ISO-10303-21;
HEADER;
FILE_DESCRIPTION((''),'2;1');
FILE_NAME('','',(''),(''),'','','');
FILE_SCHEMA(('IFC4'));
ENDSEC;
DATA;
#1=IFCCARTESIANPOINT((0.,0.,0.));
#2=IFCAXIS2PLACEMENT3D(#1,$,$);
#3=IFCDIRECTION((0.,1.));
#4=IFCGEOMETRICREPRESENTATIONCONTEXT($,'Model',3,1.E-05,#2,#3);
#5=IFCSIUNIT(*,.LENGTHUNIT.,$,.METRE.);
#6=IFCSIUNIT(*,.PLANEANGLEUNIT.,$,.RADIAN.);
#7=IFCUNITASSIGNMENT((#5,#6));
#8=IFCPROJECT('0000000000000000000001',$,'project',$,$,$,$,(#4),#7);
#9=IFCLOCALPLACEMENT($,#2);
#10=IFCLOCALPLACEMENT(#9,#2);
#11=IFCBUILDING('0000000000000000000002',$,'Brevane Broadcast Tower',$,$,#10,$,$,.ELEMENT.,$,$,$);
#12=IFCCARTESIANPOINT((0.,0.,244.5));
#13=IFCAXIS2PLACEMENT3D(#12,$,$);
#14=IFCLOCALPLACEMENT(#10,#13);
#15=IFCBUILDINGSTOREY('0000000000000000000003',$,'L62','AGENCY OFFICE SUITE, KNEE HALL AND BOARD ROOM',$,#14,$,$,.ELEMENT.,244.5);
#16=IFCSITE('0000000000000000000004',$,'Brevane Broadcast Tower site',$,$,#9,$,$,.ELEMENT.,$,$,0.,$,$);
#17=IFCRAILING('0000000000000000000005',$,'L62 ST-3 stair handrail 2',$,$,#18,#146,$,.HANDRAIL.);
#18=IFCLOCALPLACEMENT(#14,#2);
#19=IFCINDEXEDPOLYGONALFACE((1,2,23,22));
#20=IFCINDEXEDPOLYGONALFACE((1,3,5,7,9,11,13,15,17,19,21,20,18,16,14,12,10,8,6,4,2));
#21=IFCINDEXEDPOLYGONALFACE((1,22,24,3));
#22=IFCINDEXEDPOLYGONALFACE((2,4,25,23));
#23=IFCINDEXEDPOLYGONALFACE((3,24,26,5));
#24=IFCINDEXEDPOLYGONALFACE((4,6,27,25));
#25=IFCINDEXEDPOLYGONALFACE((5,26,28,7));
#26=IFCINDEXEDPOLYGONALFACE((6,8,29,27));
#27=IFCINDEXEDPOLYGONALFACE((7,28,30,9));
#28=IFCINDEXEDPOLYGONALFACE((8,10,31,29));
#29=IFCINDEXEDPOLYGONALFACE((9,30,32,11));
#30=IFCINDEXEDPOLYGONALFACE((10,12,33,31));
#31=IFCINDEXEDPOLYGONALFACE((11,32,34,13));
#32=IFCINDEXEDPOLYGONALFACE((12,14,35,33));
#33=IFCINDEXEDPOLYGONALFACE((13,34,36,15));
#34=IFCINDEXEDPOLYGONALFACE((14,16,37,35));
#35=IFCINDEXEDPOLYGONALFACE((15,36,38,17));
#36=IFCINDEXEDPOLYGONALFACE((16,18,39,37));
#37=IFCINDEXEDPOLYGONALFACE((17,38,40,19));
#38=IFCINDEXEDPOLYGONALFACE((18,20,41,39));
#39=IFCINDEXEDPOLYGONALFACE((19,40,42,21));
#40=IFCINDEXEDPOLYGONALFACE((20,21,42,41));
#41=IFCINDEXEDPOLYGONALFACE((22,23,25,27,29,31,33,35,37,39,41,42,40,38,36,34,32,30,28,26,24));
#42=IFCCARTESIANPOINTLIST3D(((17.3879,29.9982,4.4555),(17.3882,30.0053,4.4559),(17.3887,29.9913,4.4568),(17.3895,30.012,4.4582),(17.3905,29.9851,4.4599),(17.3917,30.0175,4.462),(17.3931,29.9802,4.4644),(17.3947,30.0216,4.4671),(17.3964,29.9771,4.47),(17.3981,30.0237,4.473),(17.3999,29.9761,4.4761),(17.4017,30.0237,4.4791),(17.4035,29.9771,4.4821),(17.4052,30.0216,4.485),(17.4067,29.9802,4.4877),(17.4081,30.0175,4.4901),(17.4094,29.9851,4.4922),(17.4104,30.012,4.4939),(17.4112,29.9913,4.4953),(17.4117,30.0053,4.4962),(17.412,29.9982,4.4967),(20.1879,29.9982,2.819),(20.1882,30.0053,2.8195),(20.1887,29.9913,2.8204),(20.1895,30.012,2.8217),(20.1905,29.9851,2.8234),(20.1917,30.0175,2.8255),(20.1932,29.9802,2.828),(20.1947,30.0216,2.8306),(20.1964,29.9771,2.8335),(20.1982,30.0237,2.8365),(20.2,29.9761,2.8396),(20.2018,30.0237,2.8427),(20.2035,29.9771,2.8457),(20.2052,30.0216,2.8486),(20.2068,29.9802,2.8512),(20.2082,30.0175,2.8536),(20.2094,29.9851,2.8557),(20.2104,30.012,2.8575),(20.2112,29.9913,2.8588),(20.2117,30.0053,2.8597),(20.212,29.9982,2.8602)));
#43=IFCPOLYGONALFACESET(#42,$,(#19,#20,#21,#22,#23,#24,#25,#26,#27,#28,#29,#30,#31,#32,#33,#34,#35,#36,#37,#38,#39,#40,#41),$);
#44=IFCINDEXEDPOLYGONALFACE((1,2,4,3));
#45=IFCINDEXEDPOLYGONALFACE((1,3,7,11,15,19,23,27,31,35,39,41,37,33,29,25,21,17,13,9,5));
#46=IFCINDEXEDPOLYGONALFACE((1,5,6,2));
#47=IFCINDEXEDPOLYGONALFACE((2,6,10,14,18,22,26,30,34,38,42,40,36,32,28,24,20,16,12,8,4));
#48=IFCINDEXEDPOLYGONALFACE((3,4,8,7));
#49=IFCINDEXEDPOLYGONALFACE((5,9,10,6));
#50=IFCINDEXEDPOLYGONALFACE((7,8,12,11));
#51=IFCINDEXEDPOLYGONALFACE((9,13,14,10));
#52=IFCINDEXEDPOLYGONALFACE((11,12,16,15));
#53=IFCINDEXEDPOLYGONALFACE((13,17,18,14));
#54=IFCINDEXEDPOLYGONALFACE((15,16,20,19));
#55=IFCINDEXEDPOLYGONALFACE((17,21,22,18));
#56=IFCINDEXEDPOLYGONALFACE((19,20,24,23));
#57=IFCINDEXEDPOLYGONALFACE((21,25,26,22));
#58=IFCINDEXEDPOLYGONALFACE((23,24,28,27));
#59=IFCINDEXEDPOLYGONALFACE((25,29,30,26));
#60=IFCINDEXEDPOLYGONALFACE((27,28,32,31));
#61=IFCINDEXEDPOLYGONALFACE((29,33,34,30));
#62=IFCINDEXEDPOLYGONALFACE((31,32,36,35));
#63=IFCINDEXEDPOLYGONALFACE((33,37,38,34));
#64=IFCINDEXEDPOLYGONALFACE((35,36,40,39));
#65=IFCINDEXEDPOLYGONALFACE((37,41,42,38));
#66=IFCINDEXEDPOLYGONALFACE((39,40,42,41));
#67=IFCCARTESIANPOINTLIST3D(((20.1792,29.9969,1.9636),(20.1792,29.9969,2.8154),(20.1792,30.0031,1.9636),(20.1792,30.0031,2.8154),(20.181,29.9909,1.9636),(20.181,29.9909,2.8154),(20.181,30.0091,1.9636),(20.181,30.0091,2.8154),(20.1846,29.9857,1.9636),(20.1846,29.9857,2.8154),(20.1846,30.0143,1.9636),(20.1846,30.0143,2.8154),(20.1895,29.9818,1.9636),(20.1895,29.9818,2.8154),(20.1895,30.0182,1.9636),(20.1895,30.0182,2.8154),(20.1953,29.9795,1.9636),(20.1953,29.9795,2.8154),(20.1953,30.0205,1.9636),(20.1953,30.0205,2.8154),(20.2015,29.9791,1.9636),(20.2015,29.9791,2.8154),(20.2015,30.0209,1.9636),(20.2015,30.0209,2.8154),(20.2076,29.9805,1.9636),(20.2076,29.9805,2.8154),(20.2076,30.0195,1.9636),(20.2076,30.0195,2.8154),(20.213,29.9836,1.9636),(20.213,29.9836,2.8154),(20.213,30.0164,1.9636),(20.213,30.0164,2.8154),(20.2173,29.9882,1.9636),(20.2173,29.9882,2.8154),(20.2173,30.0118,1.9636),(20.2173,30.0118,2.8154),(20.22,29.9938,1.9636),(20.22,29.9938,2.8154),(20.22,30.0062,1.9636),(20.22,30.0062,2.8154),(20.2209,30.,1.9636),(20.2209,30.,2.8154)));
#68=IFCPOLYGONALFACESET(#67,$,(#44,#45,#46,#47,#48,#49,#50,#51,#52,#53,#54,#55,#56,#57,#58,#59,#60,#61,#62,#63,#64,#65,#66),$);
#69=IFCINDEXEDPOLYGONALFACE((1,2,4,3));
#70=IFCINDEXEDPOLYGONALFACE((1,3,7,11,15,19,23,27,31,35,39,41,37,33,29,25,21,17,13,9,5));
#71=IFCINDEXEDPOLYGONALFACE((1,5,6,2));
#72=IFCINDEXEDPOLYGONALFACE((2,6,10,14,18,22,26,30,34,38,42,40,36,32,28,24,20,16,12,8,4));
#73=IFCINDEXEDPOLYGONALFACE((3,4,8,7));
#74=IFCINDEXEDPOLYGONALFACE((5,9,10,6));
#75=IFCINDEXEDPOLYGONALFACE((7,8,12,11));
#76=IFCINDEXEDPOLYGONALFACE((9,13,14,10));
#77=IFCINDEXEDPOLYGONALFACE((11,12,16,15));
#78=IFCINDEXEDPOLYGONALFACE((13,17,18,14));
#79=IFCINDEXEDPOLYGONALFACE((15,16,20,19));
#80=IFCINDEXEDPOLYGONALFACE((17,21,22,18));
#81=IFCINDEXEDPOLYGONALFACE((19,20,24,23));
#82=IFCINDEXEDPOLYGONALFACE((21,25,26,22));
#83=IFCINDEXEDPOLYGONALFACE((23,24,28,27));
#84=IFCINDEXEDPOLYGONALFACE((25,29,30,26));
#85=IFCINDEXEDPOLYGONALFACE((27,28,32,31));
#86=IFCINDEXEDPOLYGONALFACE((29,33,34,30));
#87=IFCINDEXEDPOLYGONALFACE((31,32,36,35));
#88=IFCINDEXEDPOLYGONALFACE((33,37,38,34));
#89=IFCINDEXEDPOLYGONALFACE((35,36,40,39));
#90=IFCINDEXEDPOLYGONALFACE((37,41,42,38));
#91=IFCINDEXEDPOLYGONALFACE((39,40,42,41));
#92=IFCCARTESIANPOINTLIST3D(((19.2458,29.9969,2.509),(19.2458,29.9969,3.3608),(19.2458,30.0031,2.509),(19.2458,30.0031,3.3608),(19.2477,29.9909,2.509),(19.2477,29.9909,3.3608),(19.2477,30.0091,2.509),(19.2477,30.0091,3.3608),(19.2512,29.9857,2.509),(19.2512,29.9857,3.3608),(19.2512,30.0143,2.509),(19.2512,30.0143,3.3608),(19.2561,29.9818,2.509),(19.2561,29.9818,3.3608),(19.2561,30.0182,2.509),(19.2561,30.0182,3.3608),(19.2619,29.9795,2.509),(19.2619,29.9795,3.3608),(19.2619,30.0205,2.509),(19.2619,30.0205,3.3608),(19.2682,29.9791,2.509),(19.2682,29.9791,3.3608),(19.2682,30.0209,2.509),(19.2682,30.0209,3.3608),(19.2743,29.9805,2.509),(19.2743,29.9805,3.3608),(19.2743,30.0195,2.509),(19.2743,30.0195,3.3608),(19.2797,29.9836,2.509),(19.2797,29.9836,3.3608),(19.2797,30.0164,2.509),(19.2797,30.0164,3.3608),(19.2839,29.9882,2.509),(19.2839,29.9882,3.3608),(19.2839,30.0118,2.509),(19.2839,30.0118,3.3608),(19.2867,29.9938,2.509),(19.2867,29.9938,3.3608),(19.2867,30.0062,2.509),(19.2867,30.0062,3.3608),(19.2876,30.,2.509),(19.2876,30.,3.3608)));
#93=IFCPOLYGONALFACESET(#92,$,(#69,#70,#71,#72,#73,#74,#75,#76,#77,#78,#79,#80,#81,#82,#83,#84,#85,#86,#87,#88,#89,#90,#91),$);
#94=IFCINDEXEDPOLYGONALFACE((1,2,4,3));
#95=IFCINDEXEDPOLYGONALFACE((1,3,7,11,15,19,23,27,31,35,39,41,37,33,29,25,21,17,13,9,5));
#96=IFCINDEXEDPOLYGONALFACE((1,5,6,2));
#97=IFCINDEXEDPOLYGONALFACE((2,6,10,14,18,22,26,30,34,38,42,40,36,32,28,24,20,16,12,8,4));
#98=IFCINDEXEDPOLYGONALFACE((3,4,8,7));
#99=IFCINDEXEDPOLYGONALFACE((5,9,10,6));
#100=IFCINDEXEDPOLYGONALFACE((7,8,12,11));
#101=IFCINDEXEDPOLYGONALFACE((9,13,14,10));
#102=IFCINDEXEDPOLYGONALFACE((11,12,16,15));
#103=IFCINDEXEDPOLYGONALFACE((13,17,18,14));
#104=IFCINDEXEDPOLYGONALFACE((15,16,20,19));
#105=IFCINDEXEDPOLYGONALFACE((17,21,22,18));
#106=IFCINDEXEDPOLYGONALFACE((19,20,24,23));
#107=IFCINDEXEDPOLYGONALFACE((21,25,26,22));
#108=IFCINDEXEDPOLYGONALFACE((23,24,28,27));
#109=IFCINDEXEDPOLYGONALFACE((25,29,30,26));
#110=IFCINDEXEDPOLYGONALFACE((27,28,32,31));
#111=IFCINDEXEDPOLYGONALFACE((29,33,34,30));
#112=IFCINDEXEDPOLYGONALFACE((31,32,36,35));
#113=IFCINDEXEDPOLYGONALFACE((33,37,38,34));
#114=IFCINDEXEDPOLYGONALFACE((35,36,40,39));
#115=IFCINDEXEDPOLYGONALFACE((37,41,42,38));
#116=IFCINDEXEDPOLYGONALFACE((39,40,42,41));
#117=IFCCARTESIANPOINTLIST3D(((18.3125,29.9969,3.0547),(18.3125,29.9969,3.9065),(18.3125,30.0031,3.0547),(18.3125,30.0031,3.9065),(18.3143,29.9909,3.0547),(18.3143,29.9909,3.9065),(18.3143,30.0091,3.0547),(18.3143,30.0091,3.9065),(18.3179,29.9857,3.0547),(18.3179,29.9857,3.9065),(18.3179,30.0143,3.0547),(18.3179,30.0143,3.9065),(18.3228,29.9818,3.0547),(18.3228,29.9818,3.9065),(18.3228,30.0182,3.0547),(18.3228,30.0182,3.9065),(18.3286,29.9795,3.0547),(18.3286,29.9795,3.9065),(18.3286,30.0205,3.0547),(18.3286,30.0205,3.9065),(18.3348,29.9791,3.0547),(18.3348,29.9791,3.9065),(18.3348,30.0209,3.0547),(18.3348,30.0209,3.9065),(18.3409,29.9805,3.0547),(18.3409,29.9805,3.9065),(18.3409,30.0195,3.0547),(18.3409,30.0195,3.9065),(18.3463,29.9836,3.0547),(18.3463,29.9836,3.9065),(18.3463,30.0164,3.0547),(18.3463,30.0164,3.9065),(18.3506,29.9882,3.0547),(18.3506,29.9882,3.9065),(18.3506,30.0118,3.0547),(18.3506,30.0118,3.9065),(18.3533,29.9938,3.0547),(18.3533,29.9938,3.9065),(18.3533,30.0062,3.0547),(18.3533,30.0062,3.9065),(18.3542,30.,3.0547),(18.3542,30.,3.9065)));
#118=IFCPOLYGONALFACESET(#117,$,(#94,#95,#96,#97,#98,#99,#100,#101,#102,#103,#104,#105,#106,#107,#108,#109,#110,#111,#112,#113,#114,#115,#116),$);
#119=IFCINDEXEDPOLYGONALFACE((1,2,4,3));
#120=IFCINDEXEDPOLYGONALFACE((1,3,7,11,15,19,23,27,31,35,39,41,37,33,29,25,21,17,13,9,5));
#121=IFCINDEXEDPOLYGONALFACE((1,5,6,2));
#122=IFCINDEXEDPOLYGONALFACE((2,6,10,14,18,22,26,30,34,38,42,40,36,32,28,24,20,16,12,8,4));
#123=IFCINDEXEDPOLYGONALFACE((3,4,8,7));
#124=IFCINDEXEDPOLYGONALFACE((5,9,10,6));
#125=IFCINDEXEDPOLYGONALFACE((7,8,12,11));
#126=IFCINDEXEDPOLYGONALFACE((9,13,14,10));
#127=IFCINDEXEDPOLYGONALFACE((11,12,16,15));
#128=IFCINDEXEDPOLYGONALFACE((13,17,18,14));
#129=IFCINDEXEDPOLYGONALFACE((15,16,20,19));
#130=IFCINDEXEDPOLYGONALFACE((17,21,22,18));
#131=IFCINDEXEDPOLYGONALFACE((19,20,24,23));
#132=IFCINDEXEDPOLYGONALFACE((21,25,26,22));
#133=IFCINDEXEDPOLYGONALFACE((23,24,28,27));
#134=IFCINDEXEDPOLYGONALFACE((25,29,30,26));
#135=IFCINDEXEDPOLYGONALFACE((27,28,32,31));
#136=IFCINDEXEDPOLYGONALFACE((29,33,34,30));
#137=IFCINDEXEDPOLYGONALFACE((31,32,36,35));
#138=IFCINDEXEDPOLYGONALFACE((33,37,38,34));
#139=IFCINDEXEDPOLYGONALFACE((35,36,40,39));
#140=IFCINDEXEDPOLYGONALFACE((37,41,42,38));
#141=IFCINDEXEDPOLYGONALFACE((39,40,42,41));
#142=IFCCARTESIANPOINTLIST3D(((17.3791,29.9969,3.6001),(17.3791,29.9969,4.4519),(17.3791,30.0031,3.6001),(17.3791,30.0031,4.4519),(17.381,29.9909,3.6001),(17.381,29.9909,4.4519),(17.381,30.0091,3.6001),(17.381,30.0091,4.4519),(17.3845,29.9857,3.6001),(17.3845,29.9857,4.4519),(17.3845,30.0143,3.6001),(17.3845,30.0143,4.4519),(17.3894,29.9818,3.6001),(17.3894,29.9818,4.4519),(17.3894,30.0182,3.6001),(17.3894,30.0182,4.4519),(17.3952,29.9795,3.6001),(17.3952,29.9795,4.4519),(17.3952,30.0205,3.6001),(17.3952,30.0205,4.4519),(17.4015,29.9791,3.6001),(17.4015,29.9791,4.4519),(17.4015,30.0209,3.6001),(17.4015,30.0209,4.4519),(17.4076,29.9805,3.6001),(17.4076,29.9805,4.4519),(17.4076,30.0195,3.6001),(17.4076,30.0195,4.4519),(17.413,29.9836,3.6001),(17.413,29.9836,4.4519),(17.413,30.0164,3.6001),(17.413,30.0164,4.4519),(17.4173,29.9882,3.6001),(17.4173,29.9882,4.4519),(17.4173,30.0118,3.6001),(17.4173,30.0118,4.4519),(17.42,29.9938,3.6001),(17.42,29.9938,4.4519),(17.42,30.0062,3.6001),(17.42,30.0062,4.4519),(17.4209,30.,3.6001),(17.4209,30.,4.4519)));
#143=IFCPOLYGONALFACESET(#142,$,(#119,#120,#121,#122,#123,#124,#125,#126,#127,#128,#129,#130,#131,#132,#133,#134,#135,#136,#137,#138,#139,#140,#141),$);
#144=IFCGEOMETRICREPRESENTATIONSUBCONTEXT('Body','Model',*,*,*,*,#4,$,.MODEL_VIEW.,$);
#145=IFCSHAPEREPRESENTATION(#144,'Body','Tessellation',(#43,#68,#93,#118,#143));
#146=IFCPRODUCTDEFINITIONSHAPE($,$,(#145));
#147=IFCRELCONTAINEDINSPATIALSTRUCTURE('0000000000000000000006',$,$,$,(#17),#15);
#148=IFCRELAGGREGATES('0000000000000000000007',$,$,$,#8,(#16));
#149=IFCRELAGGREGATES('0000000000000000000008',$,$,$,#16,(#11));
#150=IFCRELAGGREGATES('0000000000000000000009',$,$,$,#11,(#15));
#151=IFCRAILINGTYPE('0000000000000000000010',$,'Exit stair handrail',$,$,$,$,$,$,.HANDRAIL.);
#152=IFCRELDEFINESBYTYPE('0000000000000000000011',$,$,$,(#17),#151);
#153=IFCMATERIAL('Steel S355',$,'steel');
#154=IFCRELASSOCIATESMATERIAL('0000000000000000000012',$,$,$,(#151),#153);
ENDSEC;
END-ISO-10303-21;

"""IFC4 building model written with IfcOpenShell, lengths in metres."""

from ifc_helpers import new_model, si_unit, direction, frame, origin, origin_2d, place, context, subcontext, project, spatial, circle, extrude, material, type_object, element, save


model = new_model("IFC4")

# Units and contexts
model_context = context("Model", 3, precision=1e-05, world=origin(), true_north=direction((0.0, 1.0)))
body_context = subcontext(model_context, "Body", "Model", "MODEL_VIEW")
ifc_project = project(units=[si_unit("LENGTHUNIT", "METRE"), si_unit("PLANEANGLEUNIT", "RADIAN")], contexts=[model_context])

# Site, building, storey
site_placement = place(None, origin())
site = spatial("IfcSite", under=ifc_project, at=site_placement, Name="Brevane Broadcast Tower site", CompositionType="ELEMENT", RefElevation=0.0)
building_placement = place(site_placement, origin())
building = spatial("IfcBuilding", under=site, at=building_placement, Name="Brevane Broadcast Tower", CompositionType="ELEMENT")
storey_placement = place(building_placement, frame((0.0, 0.0, 244.5)))
storey = spatial("IfcBuildingStorey", under=building, at=storey_placement, Name="L62", Description="AGENCY OFFICE SUITE, KNEE HALL AND BOARD ROOM", CompositionType="ELEMENT", Elevation=244.5)

# Railing
ifc_material_1 = material(Name="Steel S355", Category="steel")
railing_type_1 = type_object("IfcRailingType", Name="Exit stair handrail", PredefinedType="HANDRAIL", material=ifc_material_1)
railing_1_placement = place(storey_placement, frame((20.2, 30.0, 1.9636)))
element("IfcRailing", 1, at=railing_1_placement, inside=storey, type_object=railing_type_1, Name="L62 ST-3 stair handrail 2", PredefinedType="HANDRAIL", context=body_context, shape_type="SweptSolid", body=[
    extrude(circle(Radius=0.0239, at=origin_2d()), frame((0.0, 0.0, 0.876), z_axis=(-0.863361, 0.0, 0.504587), x_axis=(0.0, -1.0, 0.0)), (0.0, 0.0, 1.0), 3.2432),
    extrude(circle(Radius=0.021, at=origin_2d()), origin(), (0.0, 0.0, 1.0), 0.8518),
    extrude(circle(Radius=0.021, at=origin_2d()), frame((-0.9333, 0.0, 0.5454)), (0.0, 0.0, 1.0), 0.8518),
    extrude(circle(Radius=0.021, at=origin_2d()), frame((-1.8667, 0.0, 1.0911)), (0.0, 0.0, 1.0), 0.8518),
    extrude(circle(Radius=0.021, at=origin_2d()), frame((-2.8, 0.0, 1.6365)), (0.0, 0.0, 1.0), 0.8518),
])

save(model, "model.ifc")
